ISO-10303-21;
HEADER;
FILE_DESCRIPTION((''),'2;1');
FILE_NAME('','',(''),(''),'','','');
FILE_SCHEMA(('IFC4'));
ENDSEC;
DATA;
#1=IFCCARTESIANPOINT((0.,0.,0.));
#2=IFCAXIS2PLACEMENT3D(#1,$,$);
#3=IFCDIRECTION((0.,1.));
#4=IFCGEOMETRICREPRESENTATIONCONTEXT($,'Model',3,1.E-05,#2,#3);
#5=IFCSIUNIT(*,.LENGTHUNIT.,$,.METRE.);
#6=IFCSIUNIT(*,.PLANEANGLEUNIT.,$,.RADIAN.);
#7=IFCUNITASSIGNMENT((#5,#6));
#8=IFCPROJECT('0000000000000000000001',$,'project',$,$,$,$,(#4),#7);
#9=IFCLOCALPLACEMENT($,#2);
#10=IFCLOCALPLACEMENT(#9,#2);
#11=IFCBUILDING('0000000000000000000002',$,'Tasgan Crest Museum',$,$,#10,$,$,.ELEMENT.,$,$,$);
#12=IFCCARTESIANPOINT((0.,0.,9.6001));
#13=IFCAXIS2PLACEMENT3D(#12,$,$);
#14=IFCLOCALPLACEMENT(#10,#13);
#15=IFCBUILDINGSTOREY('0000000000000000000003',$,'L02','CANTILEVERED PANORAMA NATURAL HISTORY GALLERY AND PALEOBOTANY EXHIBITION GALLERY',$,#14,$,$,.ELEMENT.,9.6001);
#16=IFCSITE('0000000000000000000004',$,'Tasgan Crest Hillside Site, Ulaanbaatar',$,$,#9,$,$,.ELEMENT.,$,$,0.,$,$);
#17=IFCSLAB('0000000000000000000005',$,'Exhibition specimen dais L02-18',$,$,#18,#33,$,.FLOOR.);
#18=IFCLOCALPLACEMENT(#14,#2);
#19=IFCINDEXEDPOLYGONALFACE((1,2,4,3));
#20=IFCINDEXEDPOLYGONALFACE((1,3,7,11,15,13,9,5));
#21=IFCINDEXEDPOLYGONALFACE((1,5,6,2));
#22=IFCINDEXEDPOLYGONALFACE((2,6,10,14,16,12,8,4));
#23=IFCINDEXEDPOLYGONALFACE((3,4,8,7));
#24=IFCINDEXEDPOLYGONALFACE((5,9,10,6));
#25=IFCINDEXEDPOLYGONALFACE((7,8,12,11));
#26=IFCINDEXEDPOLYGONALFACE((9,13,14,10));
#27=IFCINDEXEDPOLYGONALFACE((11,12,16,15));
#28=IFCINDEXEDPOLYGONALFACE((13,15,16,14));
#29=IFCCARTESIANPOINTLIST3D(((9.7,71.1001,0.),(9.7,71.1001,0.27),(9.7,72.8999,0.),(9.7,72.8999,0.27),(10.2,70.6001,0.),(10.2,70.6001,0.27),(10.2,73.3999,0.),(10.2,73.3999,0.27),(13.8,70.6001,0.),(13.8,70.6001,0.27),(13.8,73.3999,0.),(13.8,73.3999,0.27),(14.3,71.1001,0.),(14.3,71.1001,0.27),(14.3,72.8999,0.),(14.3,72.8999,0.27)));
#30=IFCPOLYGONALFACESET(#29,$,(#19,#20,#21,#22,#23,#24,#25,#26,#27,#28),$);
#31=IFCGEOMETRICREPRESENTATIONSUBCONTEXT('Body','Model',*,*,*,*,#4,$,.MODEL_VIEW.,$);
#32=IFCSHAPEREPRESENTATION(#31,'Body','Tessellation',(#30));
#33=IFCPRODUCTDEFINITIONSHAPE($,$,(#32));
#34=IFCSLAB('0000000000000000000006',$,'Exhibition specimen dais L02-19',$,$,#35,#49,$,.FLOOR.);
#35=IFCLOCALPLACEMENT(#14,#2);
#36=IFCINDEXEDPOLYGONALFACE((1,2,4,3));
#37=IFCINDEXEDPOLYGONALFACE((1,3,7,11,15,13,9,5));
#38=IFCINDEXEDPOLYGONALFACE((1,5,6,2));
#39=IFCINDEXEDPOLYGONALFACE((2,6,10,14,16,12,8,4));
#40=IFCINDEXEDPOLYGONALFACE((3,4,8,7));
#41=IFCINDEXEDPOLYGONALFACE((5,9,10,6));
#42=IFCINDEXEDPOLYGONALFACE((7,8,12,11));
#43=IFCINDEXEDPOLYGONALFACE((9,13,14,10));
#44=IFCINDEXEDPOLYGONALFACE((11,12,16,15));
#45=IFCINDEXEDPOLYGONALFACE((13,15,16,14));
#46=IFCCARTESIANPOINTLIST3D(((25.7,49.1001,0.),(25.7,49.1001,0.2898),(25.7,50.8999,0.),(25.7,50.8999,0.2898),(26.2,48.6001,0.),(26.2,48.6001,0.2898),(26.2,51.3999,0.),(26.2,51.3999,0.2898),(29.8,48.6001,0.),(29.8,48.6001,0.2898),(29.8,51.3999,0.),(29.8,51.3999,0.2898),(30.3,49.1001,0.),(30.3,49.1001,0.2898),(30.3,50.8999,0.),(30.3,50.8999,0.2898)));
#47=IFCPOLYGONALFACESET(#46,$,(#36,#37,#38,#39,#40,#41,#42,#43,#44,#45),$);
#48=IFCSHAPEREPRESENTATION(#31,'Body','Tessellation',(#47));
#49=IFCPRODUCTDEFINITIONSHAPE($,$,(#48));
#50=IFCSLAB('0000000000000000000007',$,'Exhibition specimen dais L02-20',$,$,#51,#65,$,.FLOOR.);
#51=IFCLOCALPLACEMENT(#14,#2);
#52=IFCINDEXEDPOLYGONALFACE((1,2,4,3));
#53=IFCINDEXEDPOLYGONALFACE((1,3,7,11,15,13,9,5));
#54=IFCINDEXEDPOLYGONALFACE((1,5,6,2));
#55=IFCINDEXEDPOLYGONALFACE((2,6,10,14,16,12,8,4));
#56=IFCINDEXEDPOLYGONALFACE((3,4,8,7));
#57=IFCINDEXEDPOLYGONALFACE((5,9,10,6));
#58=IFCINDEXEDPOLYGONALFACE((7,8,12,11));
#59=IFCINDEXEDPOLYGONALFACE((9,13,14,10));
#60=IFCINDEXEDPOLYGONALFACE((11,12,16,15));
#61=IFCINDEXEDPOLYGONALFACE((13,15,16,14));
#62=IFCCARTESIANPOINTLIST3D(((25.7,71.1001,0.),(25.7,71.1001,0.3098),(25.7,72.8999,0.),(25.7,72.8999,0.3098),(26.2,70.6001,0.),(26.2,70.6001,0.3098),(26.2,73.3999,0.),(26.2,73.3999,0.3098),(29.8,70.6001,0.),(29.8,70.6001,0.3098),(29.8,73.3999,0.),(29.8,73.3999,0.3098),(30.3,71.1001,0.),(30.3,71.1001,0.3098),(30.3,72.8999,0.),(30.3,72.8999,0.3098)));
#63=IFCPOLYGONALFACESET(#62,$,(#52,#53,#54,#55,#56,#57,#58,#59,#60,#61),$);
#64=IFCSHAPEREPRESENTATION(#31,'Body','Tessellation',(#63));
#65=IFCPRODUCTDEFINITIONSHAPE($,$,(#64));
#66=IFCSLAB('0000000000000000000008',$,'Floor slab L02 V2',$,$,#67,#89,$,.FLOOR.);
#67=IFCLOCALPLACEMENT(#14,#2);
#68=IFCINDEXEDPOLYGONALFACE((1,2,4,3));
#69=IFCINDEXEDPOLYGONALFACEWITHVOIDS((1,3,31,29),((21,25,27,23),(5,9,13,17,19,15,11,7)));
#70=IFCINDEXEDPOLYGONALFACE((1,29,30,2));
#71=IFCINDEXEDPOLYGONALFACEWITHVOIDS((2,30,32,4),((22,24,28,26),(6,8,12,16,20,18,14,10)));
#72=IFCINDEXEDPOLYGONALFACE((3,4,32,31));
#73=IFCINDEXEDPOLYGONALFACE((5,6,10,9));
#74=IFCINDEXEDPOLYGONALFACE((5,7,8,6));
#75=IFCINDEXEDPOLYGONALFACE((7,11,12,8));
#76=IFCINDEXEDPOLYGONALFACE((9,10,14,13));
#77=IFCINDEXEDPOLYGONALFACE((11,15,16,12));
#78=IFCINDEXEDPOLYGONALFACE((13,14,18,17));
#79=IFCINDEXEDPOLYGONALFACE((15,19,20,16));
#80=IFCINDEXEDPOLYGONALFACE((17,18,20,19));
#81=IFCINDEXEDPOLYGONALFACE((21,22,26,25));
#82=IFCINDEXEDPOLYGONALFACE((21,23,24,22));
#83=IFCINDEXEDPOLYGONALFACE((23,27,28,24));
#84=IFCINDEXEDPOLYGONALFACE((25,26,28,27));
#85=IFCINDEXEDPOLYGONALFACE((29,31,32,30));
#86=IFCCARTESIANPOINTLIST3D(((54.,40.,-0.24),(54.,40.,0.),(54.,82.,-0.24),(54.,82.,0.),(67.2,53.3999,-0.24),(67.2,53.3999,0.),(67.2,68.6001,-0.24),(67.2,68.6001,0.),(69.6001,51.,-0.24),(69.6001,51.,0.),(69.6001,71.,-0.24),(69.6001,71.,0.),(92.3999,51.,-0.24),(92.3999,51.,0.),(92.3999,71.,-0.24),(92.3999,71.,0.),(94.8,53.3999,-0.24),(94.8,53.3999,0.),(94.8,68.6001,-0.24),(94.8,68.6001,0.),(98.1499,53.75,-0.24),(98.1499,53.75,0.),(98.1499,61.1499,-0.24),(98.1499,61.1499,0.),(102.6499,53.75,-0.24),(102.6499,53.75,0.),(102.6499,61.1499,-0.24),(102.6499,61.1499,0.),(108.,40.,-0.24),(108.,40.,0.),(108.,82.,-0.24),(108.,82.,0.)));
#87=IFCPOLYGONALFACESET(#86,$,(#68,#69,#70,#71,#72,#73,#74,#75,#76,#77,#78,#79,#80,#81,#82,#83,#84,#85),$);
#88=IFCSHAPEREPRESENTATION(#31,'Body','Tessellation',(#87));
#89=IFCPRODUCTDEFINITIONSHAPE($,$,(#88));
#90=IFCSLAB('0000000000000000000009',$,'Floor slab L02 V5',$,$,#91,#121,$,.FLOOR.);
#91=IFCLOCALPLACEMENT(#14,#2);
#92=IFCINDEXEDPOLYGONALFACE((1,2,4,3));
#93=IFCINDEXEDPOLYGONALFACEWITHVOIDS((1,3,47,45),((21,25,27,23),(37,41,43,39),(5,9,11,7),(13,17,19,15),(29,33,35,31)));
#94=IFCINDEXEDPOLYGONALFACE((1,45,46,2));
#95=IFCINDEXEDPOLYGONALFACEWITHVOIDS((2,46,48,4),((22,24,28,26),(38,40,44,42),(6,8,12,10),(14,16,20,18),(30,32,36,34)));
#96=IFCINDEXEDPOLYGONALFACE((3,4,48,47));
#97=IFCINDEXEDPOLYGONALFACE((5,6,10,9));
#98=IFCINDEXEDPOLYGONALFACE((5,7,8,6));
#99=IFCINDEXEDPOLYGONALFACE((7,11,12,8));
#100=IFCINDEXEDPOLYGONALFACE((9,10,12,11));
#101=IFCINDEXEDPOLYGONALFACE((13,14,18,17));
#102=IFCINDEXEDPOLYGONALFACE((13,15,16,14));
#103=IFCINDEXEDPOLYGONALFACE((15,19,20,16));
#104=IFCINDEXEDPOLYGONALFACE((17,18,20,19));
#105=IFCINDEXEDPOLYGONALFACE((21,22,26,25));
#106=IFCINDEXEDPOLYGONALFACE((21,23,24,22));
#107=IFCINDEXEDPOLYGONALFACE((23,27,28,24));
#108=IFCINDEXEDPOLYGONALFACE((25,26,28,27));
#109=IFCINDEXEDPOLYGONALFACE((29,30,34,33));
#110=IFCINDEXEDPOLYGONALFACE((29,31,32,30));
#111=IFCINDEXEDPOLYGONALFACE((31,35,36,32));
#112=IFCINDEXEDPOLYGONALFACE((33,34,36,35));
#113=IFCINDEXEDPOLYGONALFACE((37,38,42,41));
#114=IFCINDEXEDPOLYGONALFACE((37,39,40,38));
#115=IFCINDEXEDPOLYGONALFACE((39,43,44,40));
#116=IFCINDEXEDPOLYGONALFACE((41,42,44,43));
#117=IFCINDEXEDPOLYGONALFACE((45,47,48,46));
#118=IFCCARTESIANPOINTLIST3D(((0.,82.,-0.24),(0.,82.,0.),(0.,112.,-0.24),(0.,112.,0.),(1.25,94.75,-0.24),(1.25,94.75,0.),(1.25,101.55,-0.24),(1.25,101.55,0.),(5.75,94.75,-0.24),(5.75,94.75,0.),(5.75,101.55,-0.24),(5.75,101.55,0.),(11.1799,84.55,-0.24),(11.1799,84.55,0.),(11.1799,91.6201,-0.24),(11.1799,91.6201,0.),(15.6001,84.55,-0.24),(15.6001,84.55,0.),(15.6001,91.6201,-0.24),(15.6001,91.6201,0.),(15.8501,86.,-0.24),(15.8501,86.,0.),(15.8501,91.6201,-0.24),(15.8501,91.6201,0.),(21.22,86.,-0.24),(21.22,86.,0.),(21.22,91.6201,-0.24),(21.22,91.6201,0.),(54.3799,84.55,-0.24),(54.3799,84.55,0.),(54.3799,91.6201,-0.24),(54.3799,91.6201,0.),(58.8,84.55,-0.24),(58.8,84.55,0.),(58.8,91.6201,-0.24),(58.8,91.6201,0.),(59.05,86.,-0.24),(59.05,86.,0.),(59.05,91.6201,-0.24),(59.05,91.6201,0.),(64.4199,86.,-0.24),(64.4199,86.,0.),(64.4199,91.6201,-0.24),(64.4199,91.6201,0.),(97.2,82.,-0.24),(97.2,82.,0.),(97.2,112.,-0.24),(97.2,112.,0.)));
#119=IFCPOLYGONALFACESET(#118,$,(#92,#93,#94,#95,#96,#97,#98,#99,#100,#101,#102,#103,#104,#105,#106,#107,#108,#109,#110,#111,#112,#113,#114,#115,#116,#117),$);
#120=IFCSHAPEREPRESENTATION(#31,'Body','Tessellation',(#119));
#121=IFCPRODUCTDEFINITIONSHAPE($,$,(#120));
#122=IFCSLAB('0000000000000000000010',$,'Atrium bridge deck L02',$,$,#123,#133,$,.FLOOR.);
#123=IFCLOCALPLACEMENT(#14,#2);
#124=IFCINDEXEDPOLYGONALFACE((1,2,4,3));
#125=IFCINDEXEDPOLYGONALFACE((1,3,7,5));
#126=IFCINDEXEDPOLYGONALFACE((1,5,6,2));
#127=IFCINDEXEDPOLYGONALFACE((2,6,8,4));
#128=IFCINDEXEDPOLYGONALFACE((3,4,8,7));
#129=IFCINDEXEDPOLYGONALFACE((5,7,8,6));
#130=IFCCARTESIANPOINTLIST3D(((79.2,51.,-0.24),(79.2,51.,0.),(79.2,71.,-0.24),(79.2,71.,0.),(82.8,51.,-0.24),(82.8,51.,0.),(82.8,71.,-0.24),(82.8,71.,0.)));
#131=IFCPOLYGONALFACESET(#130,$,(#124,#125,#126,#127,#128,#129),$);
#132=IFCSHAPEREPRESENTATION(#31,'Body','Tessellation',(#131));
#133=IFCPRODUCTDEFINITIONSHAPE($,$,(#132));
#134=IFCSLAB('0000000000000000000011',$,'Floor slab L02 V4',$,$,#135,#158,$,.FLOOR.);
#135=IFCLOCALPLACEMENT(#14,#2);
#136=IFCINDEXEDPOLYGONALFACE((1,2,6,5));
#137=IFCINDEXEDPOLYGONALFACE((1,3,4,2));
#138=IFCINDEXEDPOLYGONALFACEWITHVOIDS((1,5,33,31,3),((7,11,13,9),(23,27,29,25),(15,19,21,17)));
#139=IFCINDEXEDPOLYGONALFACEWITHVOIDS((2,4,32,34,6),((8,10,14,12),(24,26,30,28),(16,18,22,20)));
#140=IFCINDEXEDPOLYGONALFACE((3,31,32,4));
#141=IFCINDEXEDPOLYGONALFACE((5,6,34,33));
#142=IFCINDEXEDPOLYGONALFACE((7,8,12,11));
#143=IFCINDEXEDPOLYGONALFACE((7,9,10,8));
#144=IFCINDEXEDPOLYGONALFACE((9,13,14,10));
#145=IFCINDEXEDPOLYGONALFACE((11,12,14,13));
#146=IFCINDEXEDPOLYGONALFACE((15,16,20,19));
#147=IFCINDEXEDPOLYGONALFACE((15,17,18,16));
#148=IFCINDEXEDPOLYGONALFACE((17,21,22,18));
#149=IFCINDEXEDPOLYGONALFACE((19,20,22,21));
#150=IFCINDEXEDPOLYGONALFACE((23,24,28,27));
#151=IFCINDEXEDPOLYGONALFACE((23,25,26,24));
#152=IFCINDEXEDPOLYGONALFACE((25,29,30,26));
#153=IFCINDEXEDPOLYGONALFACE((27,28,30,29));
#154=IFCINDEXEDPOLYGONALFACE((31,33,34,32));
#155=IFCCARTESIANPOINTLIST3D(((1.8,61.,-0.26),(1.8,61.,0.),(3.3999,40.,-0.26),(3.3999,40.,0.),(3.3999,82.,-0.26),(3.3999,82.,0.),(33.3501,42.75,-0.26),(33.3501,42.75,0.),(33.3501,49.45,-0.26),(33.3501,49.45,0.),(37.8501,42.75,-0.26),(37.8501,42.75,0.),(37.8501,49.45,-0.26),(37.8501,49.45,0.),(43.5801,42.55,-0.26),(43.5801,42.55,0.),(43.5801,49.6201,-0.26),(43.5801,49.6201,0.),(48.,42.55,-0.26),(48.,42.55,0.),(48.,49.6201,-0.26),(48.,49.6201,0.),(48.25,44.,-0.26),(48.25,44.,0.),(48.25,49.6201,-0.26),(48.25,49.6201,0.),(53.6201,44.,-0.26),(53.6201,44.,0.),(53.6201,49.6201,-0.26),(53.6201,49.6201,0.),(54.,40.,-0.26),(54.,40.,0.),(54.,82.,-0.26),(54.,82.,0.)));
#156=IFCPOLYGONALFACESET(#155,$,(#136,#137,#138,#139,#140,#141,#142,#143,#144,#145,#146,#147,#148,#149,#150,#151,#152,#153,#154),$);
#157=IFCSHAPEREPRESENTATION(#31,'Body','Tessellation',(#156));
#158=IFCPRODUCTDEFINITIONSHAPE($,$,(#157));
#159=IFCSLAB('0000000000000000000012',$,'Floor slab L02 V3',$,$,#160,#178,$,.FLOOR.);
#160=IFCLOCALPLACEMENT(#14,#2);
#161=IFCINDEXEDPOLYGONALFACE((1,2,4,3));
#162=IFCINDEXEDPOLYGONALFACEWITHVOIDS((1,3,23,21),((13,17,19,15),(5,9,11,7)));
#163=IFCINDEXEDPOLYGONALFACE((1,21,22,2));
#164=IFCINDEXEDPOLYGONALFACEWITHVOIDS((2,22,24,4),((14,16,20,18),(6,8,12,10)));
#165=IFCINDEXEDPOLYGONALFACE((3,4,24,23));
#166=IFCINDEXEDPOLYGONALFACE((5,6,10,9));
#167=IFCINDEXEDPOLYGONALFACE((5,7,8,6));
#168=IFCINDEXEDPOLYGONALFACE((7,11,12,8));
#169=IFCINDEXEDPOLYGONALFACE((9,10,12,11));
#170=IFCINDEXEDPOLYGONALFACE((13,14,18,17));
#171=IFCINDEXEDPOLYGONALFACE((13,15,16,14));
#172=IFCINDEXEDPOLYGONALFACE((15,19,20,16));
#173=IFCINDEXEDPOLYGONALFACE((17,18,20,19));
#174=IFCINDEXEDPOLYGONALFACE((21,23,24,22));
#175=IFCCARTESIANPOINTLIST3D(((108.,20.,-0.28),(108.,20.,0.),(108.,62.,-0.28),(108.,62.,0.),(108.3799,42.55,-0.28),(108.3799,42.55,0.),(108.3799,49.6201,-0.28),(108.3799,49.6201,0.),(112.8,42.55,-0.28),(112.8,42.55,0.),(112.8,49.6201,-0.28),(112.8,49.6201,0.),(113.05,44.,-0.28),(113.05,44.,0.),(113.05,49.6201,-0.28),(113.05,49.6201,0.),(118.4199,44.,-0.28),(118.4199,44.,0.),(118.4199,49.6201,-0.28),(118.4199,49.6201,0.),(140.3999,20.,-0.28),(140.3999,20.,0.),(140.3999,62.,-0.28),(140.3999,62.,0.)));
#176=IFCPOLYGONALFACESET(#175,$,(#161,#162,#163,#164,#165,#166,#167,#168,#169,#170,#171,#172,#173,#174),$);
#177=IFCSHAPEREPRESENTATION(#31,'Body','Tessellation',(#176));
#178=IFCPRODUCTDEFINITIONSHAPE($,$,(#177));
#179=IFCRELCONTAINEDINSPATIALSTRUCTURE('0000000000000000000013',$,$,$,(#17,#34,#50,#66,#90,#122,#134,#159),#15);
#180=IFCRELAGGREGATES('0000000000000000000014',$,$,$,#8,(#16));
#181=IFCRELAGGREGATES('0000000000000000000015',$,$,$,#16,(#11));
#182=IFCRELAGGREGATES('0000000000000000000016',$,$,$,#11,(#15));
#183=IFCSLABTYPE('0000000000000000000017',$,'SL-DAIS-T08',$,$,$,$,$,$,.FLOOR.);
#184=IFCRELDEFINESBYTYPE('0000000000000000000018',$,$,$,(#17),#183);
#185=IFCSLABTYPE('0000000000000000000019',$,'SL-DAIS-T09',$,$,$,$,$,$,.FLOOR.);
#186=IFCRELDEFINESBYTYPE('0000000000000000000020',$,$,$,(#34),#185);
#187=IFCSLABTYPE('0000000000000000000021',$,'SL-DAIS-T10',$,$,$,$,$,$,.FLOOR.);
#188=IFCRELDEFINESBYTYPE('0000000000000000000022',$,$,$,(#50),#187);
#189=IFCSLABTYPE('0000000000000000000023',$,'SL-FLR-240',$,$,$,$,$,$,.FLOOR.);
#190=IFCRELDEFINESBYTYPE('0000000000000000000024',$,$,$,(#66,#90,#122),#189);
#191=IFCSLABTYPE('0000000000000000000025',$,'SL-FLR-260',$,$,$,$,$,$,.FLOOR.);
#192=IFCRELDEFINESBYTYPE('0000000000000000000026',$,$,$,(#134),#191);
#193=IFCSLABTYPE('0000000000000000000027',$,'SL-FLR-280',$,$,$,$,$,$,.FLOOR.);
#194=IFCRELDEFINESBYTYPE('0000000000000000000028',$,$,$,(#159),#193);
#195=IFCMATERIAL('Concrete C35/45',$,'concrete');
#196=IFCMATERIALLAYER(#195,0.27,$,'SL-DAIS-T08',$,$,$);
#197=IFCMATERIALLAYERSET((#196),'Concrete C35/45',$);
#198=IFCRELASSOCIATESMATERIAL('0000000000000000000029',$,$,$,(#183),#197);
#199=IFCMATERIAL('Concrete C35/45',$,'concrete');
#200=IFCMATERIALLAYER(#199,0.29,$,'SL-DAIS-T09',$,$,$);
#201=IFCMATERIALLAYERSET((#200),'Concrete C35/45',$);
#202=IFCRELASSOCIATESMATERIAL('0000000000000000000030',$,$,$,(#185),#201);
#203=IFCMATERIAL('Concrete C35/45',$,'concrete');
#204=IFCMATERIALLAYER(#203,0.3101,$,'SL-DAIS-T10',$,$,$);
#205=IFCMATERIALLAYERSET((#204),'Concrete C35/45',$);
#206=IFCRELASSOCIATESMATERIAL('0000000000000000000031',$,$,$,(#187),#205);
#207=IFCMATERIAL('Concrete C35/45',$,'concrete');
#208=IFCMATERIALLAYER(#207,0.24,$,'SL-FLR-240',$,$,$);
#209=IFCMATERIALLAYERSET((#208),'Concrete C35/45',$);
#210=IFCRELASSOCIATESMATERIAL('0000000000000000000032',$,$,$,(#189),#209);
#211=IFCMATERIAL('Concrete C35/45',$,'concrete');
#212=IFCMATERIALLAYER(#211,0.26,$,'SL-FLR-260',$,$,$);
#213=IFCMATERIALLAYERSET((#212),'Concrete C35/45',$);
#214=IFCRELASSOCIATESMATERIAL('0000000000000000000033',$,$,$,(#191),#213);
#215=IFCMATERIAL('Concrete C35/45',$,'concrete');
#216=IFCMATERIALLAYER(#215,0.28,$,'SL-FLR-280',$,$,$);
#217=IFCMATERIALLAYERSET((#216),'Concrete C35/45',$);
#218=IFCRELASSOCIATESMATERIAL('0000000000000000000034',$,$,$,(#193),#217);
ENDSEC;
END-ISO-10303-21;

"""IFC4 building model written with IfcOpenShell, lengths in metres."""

from ifc_helpers import new_model, si_unit, direction, frame, origin, place, context, subcontext, project, spatial, polyline, outline, extrude, material, layer, layer_set, type_object, element, save


model = new_model("IFC4")

# Units and contexts
model_context = context("Model", 3, precision=1e-05, world=origin(), true_north=direction((0.0, 1.0)))
body_context = subcontext(model_context, "Body", "Model", "MODEL_VIEW")
ifc_project = project(units=[si_unit("LENGTHUNIT", "METRE"), si_unit("PLANEANGLEUNIT", "RADIAN")], contexts=[model_context])

# Site, building, storey
site_placement = place(None, origin())
site = spatial("IfcSite", under=ifc_project, at=site_placement, Name="Tasgan Crest Hillside Site, Ulaanbaatar", CompositionType="ELEMENT", RefElevation=0.0)
building_placement = place(site_placement, origin())
building = spatial("IfcBuilding", under=site, at=building_placement, Name="Tasgan Crest Museum", CompositionType="ELEMENT")
storey_placement = place(building_placement, frame((0.0, 0.0, 9.6001)))
storey = spatial("IfcBuildingStorey", under=building, at=storey_placement, Name="L02", Description="CANTILEVERED PANORAMA NATURAL HISTORY GALLERY AND PALEOBOTANY EXHIBITION GALLERY", CompositionType="ELEMENT", Elevation=9.6001)

# Slabs
ifc_material_1 = material(Name="Concrete C35/45", Category="concrete")
ifc_layer_1 = layer(ifc_material_1, 0.27, Name="SL-DAIS-T08")
ifc_layer_set_1 = layer_set([ifc_layer_1], Name="Concrete C35/45")
slab_type_1 = type_object("IfcSlabType", Name="SL-DAIS-T08", PredefinedType="FLOOR", material=ifc_layer_set_1)
slab_1_placement = place(storey_placement, origin())
element("IfcSlab", 1, at=slab_1_placement, inside=storey, type_object=slab_type_1, Name="Exhibition specimen dais L02-18", PredefinedType="FLOOR", context=body_context, shape_type="SweptSolid", body=[
    extrude(outline(polyline([(10.2, 70.6001), (13.8, 70.6001), (14.3, 71.1001), (14.3, 72.8999), (13.8, 73.3999), (10.2, 73.3999), (9.7, 72.8999), (9.7, 71.1001), (10.2, 70.6001)])), origin(), (0.0, 0.0, 1.0), 0.27),
])
ifc_material_2 = material(Name="Concrete C35/45", Category="concrete")
ifc_layer_2 = layer(ifc_material_2, 0.29, Name="SL-DAIS-T09")
ifc_layer_set_2 = layer_set([ifc_layer_2], Name="Concrete C35/45")
slab_type_2 = type_object("IfcSlabType", Name="SL-DAIS-T09", PredefinedType="FLOOR", material=ifc_layer_set_2)
slab_2_placement = place(storey_placement, origin())
element("IfcSlab", 2, at=slab_2_placement, inside=storey, type_object=slab_type_2, Name="Exhibition specimen dais L02-19", PredefinedType="FLOOR", context=body_context, shape_type="SweptSolid", body=[
    extrude(outline(polyline([(26.2, 48.6001), (29.8, 48.6001), (30.3, 49.1001), (30.3, 50.8999), (29.8, 51.3999), (26.2, 51.3999), (25.7, 50.8999), (25.7, 49.1001), (26.2, 48.6001)])), origin(), (0.0, 0.0, 1.0), 0.2898),
])
ifc_material_3 = material(Name="Concrete C35/45", Category="concrete")
ifc_layer_3 = layer(ifc_material_3, 0.3101, Name="SL-DAIS-T10")
ifc_layer_set_3 = layer_set([ifc_layer_3], Name="Concrete C35/45")
slab_type_3 = type_object("IfcSlabType", Name="SL-DAIS-T10", PredefinedType="FLOOR", material=ifc_layer_set_3)
slab_3_placement = place(storey_placement, origin())
element("IfcSlab", 3, at=slab_3_placement, inside=storey, type_object=slab_type_3, Name="Exhibition specimen dais L02-20", PredefinedType="FLOOR", context=body_context, shape_type="SweptSolid", body=[
    extrude(outline(polyline([(26.2, 70.6001), (29.8, 70.6001), (30.3, 71.1001), (30.3, 72.8999), (29.8, 73.3999), (26.2, 73.3999), (25.7, 72.8999), (25.7, 71.1001), (26.2, 70.6001)])), origin(), (0.0, 0.0, 1.0), 0.3098),
])
ifc_material_4 = material(Name="Concrete C35/45", Category="concrete")
ifc_layer_4 = layer(ifc_material_4, 0.24, Name="SL-FLR-240")
ifc_layer_set_4 = layer_set([ifc_layer_4], Name="Concrete C35/45")
slab_type_4 = type_object("IfcSlabType", Name="SL-FLR-240", PredefinedType="FLOOR", material=ifc_layer_set_4)
slab_4_placement = place(storey_placement, frame((0.0, 0.0, -0.24)))
element("IfcSlab", 4, at=slab_4_placement, inside=storey, type_object=slab_type_4, Name="Floor slab L02 V2", PredefinedType="FLOOR", context=body_context, shape_type="SweptSolid", body=[
    extrude(outline(polyline([(54.0, 40.0), (108.0, 40.0), (108.0, 82.0), (54.0, 82.0), (54.0, 40.0)]), holes=[polyline([(69.6001, 51.0), (92.3999, 51.0), (94.8, 53.3999), (94.8, 68.6001), (92.3999, 71.0), (69.6001, 71.0), (67.2, 68.6001), (67.2, 53.3999), (69.6001, 51.0)]), polyline([(98.1499, 53.75), (102.6499, 53.75), (102.6499, 61.1499), (98.1499, 61.1499), (98.1499, 53.75)])]), origin(), (0.0, 0.0, 1.0), 0.24),
])
slab_5_placement = place(storey_placement, frame((0.0, 0.0, -0.24)))
element("IfcSlab", 5, at=slab_5_placement, inside=storey, type_object=slab_type_4, Name="Floor slab L02 V5", PredefinedType="FLOOR", context=body_context, shape_type="SweptSolid", body=[
    extrude(outline(polyline([(0.0, 82.0), (97.2, 82.0), (97.2, 112.0), (0.0, 112.0), (0.0, 82.0)]), holes=[polyline([(11.1799, 84.55), (15.6001, 84.55), (15.6001, 91.6201), (11.1799, 91.6201), (11.1799, 84.55)]), polyline([(15.8501, 86.0), (21.22, 86.0), (21.22, 91.6201), (15.8501, 91.6201), (15.8501, 86.0)]), polyline([(54.3799, 84.55), (58.8, 84.55), (58.8, 91.6201), (54.3799, 91.6201), (54.3799, 84.55)]), polyline([(59.05, 86.0), (64.4199, 86.0), (64.4199, 91.6201), (59.05, 91.6201), (59.05, 86.0)]), polyline([(1.25, 94.75), (5.75, 94.75), (5.75, 101.55), (1.25, 101.55), (1.25, 94.75)])]), origin(), (0.0, 0.0, 1.0), 0.24),
])
slab_6_placement = place(storey_placement, frame((0.0, 0.0, -0.24)))
element("IfcSlab", 6, at=slab_6_placement, inside=storey, type_object=slab_type_4, Name="Atrium bridge deck L02", PredefinedType="FLOOR", context=body_context, shape_type="SweptSolid", body=[
    extrude(outline(polyline([(79.2, 51.0), (82.8, 51.0), (82.8, 71.0), (79.2, 71.0), (79.2, 51.0)])), origin(), (0.0, 0.0, 1.0), 0.24),
])
ifc_material_5 = material(Name="Concrete C35/45", Category="concrete")
ifc_layer_5 = layer(ifc_material_5, 0.26, Name="SL-FLR-260")
ifc_layer_set_5 = layer_set([ifc_layer_5], Name="Concrete C35/45")
slab_type_5 = type_object("IfcSlabType", Name="SL-FLR-260", PredefinedType="FLOOR", material=ifc_layer_set_5)
slab_7_placement = place(storey_placement, frame((0.0, 0.0, -0.26)))
element("IfcSlab", 7, at=slab_7_placement, inside=storey, type_object=slab_type_5, Name="Floor slab L02 V4", PredefinedType="FLOOR", context=body_context, shape_type="SweptSolid", body=[
    extrude(outline(polyline([(3.3999, 40.0), (54.0, 40.0), (54.0, 82.0), (3.3999, 82.0), (1.8, 61.0), (3.3999, 40.0)]), holes=[polyline([(43.5801, 42.55), (48.0, 42.55), (48.0, 49.6201), (43.5801, 49.6201), (43.5801, 42.55)]), polyline([(48.25, 44.0), (53.6201, 44.0), (53.6201, 49.6201), (48.25, 49.6201), (48.25, 44.0)]), polyline([(33.3501, 42.75), (37.8501, 42.75), (37.8501, 49.45), (33.3501, 49.45), (33.3501, 42.75)])]), origin(), (0.0, 0.0, 1.0), 0.26),
])
ifc_material_6 = material(Name="Concrete C35/45", Category="concrete")
ifc_layer_6 = layer(ifc_material_6, 0.28, Name="SL-FLR-280")
ifc_layer_set_6 = layer_set([ifc_layer_6], Name="Concrete C35/45")
slab_type_6 = type_object("IfcSlabType", Name="SL-FLR-280", PredefinedType="FLOOR", material=ifc_layer_set_6)
slab_8_placement = place(storey_placement, frame((0.0, 0.0, -0.28)))
element("IfcSlab", 8, at=slab_8_placement, inside=storey, type_object=slab_type_6, Name="Floor slab L02 V3", PredefinedType="FLOOR", context=body_context, shape_type="SweptSolid", body=[
    extrude(outline(polyline([(108.0, 20.0), (140.3999, 20.0), (140.3999, 62.0), (108.0, 62.0), (108.0, 20.0)]), holes=[polyline([(108.3799, 42.55), (112.8, 42.55), (112.8, 49.6201), (108.3799, 49.6201), (108.3799, 42.55)]), polyline([(113.05, 44.0), (118.4199, 44.0), (118.4199, 49.6201), (113.05, 49.6201), (113.05, 44.0)])]), origin(), (0.0, 0.0, 1.0), 0.28),
])

save(model, "model.ifc")
